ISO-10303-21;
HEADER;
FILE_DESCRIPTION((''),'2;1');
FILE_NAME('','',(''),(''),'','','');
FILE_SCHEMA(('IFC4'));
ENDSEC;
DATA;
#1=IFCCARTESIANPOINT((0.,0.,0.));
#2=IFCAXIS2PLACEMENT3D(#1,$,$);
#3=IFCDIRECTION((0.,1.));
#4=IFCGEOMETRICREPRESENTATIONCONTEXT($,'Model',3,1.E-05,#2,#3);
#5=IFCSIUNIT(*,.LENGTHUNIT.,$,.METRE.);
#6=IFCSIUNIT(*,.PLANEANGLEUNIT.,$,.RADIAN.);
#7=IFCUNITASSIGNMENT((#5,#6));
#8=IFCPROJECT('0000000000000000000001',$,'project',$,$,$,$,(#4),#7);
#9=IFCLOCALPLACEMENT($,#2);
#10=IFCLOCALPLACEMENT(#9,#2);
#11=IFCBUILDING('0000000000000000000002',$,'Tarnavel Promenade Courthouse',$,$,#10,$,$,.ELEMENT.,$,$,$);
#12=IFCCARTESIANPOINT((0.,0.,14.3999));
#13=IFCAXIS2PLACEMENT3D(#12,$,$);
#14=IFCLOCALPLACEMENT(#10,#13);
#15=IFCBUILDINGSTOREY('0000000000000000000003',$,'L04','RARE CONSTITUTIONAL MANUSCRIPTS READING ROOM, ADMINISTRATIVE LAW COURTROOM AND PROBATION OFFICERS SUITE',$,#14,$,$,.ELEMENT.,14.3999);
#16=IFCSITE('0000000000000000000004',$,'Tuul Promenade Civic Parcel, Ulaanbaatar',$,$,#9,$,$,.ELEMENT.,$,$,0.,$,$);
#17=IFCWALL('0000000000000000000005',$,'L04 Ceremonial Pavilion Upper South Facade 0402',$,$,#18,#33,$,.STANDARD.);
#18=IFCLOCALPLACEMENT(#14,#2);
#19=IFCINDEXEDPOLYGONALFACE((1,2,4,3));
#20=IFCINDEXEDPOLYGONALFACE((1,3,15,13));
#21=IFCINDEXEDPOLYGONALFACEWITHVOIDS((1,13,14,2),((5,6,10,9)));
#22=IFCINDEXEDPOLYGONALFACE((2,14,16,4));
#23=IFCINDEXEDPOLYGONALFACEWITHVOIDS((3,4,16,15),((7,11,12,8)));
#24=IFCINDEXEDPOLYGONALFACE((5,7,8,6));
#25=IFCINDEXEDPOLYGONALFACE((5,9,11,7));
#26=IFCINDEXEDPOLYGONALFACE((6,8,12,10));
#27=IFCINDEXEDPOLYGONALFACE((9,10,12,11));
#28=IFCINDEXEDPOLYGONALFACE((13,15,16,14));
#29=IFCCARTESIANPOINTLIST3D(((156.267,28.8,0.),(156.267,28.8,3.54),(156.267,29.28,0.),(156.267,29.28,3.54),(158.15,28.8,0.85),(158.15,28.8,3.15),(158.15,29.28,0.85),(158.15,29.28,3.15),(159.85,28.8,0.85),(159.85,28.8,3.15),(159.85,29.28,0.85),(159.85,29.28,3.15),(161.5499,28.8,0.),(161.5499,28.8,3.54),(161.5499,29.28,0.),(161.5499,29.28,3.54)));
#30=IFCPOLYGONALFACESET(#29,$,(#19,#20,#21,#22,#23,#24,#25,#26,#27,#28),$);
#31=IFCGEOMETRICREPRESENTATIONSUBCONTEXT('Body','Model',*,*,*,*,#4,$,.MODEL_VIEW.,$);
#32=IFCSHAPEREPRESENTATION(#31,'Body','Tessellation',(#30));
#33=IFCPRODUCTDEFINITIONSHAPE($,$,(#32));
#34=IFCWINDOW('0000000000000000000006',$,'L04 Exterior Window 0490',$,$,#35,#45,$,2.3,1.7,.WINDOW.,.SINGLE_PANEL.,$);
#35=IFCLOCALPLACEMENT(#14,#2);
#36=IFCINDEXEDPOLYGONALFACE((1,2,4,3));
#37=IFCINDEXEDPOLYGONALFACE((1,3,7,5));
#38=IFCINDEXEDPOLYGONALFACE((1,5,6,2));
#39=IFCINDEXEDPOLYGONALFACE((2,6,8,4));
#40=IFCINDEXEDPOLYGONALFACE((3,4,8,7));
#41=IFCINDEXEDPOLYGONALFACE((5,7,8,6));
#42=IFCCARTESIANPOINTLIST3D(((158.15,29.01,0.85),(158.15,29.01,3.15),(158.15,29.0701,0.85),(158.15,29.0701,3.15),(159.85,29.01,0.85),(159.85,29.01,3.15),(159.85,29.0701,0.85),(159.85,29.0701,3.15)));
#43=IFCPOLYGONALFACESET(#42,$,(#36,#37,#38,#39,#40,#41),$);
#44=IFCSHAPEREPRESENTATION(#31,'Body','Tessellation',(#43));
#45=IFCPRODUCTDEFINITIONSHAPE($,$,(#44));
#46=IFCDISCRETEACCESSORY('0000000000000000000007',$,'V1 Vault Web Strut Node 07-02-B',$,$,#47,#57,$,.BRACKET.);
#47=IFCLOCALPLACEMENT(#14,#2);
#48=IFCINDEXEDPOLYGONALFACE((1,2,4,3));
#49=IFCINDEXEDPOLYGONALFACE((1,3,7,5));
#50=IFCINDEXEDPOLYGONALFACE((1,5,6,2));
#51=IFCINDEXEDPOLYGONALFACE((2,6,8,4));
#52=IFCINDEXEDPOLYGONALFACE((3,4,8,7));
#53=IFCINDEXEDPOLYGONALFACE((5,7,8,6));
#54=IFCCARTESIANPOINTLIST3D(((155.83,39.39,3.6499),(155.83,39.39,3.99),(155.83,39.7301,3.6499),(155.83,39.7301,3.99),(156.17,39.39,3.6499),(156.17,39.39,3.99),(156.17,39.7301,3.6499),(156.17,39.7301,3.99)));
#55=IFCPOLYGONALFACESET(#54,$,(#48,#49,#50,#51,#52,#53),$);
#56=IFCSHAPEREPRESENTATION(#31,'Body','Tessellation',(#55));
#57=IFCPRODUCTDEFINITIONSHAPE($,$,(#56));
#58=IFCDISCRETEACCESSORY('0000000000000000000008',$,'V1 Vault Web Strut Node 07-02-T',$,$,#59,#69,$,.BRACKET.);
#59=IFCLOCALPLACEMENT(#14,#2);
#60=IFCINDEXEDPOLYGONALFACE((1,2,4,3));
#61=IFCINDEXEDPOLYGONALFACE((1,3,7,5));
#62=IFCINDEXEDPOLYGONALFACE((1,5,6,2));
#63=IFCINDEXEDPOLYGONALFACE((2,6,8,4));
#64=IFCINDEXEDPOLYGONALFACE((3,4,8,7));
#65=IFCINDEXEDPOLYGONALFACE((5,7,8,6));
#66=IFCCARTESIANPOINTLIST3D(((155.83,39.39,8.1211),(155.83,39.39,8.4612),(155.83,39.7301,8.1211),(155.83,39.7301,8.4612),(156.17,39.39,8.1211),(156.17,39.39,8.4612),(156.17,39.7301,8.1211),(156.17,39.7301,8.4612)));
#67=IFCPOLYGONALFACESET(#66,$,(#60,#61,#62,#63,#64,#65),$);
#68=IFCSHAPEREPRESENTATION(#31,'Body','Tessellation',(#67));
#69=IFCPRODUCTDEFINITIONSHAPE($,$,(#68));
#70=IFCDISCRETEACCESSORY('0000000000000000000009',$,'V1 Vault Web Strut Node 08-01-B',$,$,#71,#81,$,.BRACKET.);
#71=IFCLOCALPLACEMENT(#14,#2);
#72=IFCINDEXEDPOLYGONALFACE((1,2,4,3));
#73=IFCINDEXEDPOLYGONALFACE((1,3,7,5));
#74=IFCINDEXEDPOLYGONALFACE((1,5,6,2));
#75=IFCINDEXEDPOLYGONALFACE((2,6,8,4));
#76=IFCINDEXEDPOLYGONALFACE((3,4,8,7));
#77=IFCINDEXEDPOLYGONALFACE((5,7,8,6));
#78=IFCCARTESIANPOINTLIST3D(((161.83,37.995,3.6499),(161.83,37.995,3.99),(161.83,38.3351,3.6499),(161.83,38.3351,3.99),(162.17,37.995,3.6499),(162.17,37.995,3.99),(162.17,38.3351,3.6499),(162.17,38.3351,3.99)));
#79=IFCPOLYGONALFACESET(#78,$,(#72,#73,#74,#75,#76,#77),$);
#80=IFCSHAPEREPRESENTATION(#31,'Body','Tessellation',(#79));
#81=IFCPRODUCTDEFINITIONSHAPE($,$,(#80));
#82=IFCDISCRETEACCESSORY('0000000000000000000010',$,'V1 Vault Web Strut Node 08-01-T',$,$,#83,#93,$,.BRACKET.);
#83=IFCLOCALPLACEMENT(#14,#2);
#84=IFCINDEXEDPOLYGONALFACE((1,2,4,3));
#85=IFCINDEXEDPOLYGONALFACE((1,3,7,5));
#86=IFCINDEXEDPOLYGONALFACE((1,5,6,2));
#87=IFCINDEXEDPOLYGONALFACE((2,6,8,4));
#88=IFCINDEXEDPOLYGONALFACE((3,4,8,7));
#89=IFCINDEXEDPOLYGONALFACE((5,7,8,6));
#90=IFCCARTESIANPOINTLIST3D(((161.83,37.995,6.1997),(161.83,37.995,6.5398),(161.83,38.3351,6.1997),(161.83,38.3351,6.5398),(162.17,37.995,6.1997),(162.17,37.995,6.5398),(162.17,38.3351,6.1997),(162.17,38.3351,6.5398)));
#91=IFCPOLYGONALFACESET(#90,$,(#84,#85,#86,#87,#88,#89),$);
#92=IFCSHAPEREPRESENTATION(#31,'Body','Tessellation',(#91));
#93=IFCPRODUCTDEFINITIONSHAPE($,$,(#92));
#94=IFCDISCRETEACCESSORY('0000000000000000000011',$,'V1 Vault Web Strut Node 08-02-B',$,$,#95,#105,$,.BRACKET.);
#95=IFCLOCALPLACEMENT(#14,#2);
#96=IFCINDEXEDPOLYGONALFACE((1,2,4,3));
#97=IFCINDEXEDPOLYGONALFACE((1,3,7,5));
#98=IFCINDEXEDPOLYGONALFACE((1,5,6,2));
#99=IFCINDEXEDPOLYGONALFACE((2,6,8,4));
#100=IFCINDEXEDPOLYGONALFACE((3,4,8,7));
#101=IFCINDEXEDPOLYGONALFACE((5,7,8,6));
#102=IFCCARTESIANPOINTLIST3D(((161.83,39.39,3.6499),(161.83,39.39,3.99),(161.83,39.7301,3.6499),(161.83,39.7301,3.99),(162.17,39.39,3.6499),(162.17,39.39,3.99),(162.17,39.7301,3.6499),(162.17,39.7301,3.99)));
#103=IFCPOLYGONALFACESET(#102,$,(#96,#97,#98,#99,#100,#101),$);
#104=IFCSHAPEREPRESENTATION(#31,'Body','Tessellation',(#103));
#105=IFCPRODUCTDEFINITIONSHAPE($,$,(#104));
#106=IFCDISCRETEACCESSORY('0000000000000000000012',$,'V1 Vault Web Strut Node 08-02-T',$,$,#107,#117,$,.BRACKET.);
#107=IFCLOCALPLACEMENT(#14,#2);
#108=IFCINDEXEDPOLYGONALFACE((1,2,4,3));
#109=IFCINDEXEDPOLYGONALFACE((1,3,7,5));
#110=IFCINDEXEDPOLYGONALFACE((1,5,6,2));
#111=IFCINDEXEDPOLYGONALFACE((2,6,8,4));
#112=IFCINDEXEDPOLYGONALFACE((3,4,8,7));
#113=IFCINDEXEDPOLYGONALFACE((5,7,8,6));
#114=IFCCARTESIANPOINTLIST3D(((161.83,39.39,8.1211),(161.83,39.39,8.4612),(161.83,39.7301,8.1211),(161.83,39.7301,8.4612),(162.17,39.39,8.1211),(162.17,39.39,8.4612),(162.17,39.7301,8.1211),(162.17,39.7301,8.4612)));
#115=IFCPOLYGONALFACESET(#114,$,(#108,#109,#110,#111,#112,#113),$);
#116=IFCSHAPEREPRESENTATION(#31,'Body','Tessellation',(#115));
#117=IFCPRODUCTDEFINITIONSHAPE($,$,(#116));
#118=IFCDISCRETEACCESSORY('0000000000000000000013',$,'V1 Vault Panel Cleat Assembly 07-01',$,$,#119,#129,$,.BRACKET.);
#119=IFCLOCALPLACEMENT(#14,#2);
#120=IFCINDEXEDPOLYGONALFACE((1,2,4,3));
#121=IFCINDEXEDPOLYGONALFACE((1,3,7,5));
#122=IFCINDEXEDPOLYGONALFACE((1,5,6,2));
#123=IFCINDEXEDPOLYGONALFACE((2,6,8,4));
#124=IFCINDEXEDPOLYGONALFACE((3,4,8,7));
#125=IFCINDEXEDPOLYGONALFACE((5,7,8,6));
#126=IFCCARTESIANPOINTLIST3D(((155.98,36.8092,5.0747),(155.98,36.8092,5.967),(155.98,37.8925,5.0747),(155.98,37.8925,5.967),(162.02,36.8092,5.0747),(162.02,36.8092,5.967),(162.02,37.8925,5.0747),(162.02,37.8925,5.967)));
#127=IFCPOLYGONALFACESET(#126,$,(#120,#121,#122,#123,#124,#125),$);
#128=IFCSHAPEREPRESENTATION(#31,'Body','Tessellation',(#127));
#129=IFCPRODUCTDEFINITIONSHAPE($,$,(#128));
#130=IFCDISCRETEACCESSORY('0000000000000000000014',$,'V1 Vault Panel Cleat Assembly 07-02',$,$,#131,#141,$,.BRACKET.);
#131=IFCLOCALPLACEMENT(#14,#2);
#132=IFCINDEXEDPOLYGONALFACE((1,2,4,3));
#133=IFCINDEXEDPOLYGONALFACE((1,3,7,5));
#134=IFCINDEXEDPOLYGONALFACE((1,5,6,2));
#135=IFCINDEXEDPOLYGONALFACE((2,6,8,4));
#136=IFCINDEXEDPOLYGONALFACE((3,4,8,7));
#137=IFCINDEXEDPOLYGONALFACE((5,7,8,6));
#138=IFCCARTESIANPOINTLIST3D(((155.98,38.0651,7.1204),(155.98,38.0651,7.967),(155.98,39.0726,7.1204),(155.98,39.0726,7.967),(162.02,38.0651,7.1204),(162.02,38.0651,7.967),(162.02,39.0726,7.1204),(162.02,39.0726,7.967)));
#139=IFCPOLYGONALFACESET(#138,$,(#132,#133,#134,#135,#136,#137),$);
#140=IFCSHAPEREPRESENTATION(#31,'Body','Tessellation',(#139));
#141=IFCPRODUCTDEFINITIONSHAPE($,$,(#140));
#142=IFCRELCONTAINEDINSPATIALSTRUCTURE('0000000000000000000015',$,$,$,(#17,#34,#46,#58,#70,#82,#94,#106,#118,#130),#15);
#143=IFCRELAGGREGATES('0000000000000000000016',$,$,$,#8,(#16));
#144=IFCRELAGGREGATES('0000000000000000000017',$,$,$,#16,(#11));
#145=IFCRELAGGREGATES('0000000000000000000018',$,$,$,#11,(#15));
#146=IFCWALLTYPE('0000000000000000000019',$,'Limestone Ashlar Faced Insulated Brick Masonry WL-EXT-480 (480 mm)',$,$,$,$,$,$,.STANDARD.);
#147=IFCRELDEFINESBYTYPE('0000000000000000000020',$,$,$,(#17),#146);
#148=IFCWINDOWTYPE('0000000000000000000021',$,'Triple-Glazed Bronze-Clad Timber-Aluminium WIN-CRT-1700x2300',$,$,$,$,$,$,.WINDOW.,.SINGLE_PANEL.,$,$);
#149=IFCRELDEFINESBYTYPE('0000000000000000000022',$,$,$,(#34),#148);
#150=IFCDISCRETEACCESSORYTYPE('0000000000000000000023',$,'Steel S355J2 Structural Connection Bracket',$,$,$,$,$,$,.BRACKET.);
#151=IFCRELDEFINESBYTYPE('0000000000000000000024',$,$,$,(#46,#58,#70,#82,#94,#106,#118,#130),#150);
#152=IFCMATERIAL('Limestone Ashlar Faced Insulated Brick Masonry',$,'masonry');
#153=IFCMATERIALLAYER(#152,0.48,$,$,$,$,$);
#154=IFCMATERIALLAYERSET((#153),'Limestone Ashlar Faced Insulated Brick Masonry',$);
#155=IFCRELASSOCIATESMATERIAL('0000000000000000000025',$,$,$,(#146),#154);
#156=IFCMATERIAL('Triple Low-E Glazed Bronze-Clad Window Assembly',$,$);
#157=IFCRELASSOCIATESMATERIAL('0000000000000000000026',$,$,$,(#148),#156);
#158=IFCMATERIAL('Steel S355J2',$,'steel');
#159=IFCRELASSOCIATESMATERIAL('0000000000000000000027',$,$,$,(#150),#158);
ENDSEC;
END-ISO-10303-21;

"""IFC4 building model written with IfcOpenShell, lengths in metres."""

from ifc_helpers import new_model, si_unit, direction, frame, frame_2d, origin, origin_2d, place, context, subcontext, project, spatial, rectangle, extrude, material, layer, layer_set, type_object, element, fill, save


model = new_model("IFC4")

# Units and contexts
model_context = context("Model", 3, precision=1e-05, world=origin(), true_north=direction((0.0, 1.0)))
body_context = subcontext(model_context, "Body", "Model", "MODEL_VIEW")
ifc_project = project(units=[si_unit("LENGTHUNIT", "METRE"), si_unit("PLANEANGLEUNIT", "RADIAN")], contexts=[model_context])

# Site, building, storey
site_placement = place(None, origin())
site = spatial("IfcSite", under=ifc_project, at=site_placement, Name="Tuul Promenade Civic Parcel, Ulaanbaatar", CompositionType="ELEMENT", RefElevation=0.0)
building_placement = place(site_placement, origin())
building = spatial("IfcBuilding", under=site, at=building_placement, Name="Tarnavel Promenade Courthouse", CompositionType="ELEMENT")
storey_placement = place(building_placement, frame((0.0, 0.0, 14.3999)))
storey = spatial("IfcBuildingStorey", under=building, at=storey_placement, Name="L04", Description="RARE CONSTITUTIONAL MANUSCRIPTS READING ROOM, ADMINISTRATIVE LAW COURTROOM AND PROBATION OFFICERS SUITE", CompositionType="ELEMENT", Elevation=14.3999)

# Shared definitions
ifc_material_1 = material(Name="Steel S355J2", Category="steel")

# Shared definitions
ifc_material_2 = material(Name="Limestone Ashlar Faced Insulated Brick Masonry", Category="masonry")
ifc_layer = layer(ifc_material_2, 0.48)
ifc_layer_set = layer_set([ifc_layer], Name="Limestone Ashlar Faced Insulated Brick Masonry")
wall_type = type_object("IfcWallType", Name="Limestone Ashlar Faced Insulated Brick Masonry WL-EXT-480 (480 mm)", PredefinedType="STANDARD", material=ifc_layer_set)
ifc_material_3 = material(Name="Triple Low-E Glazed Bronze-Clad Window Assembly")
window_type = type_object("IfcWindowType", Name="Triple-Glazed Bronze-Clad Timber-Aluminium WIN-CRT-1700x2300", PartitioningType="SINGLE_PANEL", PredefinedType="WINDOW", material=ifc_material_3)

# Wall, opening, window
wall_1_placement = place(storey_placement, frame((161.55, 29.04, 0.0), z_axis=(0.0, 0.0, 1.0), x_axis=(-1.0, 0.0, 0.0)))
wall_1 = element("IfcWall", 1, at=wall_1_placement, inside=storey, type_object=wall_type, Name="L04 Ceremonial Pavilion Upper South Facade 0402", PredefinedType="STANDARD", context=body_context, shape_type="SweptSolid", body=[
    extrude(rectangle(XDim=5.283, YDim=0.48, at=frame_2d((2.6416, 0.0))), origin(), (0.0, 0.0, 1.0), 3.54),
])
opening_1_placement = place(wall_1_placement, frame((1.7, 0.0, 0.8501)))
opening_1 = element("IfcOpeningElement", 2, at=opening_1_placement, cuts=wall_1, PredefinedType="OPENING", context=body_context, shape_type="SweptSolid", body=[
    extrude(rectangle(XDim=1.7, YDim=2.3, at=frame_2d((0.8501, 1.1499))), frame((0.0, 0.25, 0.0), z_axis=(0.0, -1.0, 0.0), x_axis=(1.0, 0.0, 0.0)), (0.0, 0.0, 1.0), 0.5),
])
window_1_placement = place(opening_1_placement, origin())
window_1 = element("IfcWindow", 3, at=window_1_placement, inside=storey, type_object=window_type, Name="L04 Exterior Window 0490", OverallHeight=2.3, OverallWidth=1.7, PartitioningType="SINGLE_PANEL", PredefinedType="WINDOW", context=body_context, shape_type="SweptSolid", body=[
    extrude(rectangle(XDim=1.7, YDim=2.3, at=frame_2d((0.8501, 1.1499))), frame((0.0, 0.03, 0.0), z_axis=(0.0, -1.0, 0.0), x_axis=(1.0, 0.0, 0.0)), (0.0, 0.0, 1.0), 0.0601),
])
fill(opening_1, window_1)

# Discrete accessories
discrete_accessory_type = type_object("IfcDiscreteAccessoryType", Name="Steel S355J2 Structural Connection Bracket", PredefinedType="BRACKET", material=ifc_material_1)
for number, where, z_axis, x_axis, name in (
    (4, (156.0, 39.5601, 3.6499), (0.0, 0.0, 1.0), (1.0, 0.0, 0.0), "V1 Vault Web Strut Node 07-02-B"),
    (5, (156.0, 39.5601, 8.1211), (0.0, 0.0, 1.0), (1.0, 0.0, 0.0), "V1 Vault Web Strut Node 07-02-T"),
    (6, (162.0, 38.165, 3.6499), (0.0, 0.0, 1.0), (1.0, 0.0, 0.0), "V1 Vault Web Strut Node 08-01-B"),
    (7, (162.0, 38.165, 6.1997), (0.0, 0.0, 1.0), (1.0, 0.0, 0.0), "V1 Vault Web Strut Node 08-01-T"),
    (8, (162.0, 39.5601, 3.6499), (0.0, 0.0, 1.0), (1.0, 0.0, 0.0), "V1 Vault Web Strut Node 08-02-B"),
    (9, (162.0, 39.5601, 8.1211), (0.0, 0.0, 1.0), (1.0, 0.0, 0.0), "V1 Vault Web Strut Node 08-02-T"),
):
    element("IfcDiscreteAccessory", number, at=place(storey_placement, frame(where, z_axis=z_axis, x_axis=x_axis)), inside=storey, type_object=discrete_accessory_type, Name=name, PredefinedType="BRACKET", context=body_context, shape_type="SweptSolid", body=[
        extrude(rectangle(XDim=0.3401, YDim=0.3401, at=origin_2d()), origin(), (0.0, 0.0, 1.0), 0.3401),
    ])
discrete_accessory_1_placement = place(storey_placement, frame((159.0, 37.3508, 5.0747), z_axis=(0.0, 0.0, 1.0), x_axis=(1.0, 0.0, 0.0)))
element("IfcDiscreteAccessory", 10, at=discrete_accessory_1_placement, inside=storey, type_object=discrete_accessory_type, Name="V1 Vault Panel Cleat Assembly 07-01", PredefinedType="BRACKET", context=body_context, shape_type="SweptSolid", body=[
    extrude(rectangle(XDim=6.04, YDim=1.0833, at=origin_2d()), origin(), (0.0, 0.0, 1.0), 0.8923),
])
discrete_accessory_2_placement = place(storey_placement, frame((159.0, 38.5688, 7.1204), z_axis=(0.0, 0.0, 1.0), x_axis=(1.0, 0.0, 0.0)))
element("IfcDiscreteAccessory", 11, at=discrete_accessory_2_placement, inside=storey, type_object=discrete_accessory_type, Name="V1 Vault Panel Cleat Assembly 07-02", PredefinedType="BRACKET", context=body_context, shape_type="SweptSolid", body=[
    extrude(rectangle(XDim=6.04, YDim=1.0076, at=origin_2d()), origin(), (0.0, 0.0, 1.0), 0.8467),
])

save(model, "model.ifc")
